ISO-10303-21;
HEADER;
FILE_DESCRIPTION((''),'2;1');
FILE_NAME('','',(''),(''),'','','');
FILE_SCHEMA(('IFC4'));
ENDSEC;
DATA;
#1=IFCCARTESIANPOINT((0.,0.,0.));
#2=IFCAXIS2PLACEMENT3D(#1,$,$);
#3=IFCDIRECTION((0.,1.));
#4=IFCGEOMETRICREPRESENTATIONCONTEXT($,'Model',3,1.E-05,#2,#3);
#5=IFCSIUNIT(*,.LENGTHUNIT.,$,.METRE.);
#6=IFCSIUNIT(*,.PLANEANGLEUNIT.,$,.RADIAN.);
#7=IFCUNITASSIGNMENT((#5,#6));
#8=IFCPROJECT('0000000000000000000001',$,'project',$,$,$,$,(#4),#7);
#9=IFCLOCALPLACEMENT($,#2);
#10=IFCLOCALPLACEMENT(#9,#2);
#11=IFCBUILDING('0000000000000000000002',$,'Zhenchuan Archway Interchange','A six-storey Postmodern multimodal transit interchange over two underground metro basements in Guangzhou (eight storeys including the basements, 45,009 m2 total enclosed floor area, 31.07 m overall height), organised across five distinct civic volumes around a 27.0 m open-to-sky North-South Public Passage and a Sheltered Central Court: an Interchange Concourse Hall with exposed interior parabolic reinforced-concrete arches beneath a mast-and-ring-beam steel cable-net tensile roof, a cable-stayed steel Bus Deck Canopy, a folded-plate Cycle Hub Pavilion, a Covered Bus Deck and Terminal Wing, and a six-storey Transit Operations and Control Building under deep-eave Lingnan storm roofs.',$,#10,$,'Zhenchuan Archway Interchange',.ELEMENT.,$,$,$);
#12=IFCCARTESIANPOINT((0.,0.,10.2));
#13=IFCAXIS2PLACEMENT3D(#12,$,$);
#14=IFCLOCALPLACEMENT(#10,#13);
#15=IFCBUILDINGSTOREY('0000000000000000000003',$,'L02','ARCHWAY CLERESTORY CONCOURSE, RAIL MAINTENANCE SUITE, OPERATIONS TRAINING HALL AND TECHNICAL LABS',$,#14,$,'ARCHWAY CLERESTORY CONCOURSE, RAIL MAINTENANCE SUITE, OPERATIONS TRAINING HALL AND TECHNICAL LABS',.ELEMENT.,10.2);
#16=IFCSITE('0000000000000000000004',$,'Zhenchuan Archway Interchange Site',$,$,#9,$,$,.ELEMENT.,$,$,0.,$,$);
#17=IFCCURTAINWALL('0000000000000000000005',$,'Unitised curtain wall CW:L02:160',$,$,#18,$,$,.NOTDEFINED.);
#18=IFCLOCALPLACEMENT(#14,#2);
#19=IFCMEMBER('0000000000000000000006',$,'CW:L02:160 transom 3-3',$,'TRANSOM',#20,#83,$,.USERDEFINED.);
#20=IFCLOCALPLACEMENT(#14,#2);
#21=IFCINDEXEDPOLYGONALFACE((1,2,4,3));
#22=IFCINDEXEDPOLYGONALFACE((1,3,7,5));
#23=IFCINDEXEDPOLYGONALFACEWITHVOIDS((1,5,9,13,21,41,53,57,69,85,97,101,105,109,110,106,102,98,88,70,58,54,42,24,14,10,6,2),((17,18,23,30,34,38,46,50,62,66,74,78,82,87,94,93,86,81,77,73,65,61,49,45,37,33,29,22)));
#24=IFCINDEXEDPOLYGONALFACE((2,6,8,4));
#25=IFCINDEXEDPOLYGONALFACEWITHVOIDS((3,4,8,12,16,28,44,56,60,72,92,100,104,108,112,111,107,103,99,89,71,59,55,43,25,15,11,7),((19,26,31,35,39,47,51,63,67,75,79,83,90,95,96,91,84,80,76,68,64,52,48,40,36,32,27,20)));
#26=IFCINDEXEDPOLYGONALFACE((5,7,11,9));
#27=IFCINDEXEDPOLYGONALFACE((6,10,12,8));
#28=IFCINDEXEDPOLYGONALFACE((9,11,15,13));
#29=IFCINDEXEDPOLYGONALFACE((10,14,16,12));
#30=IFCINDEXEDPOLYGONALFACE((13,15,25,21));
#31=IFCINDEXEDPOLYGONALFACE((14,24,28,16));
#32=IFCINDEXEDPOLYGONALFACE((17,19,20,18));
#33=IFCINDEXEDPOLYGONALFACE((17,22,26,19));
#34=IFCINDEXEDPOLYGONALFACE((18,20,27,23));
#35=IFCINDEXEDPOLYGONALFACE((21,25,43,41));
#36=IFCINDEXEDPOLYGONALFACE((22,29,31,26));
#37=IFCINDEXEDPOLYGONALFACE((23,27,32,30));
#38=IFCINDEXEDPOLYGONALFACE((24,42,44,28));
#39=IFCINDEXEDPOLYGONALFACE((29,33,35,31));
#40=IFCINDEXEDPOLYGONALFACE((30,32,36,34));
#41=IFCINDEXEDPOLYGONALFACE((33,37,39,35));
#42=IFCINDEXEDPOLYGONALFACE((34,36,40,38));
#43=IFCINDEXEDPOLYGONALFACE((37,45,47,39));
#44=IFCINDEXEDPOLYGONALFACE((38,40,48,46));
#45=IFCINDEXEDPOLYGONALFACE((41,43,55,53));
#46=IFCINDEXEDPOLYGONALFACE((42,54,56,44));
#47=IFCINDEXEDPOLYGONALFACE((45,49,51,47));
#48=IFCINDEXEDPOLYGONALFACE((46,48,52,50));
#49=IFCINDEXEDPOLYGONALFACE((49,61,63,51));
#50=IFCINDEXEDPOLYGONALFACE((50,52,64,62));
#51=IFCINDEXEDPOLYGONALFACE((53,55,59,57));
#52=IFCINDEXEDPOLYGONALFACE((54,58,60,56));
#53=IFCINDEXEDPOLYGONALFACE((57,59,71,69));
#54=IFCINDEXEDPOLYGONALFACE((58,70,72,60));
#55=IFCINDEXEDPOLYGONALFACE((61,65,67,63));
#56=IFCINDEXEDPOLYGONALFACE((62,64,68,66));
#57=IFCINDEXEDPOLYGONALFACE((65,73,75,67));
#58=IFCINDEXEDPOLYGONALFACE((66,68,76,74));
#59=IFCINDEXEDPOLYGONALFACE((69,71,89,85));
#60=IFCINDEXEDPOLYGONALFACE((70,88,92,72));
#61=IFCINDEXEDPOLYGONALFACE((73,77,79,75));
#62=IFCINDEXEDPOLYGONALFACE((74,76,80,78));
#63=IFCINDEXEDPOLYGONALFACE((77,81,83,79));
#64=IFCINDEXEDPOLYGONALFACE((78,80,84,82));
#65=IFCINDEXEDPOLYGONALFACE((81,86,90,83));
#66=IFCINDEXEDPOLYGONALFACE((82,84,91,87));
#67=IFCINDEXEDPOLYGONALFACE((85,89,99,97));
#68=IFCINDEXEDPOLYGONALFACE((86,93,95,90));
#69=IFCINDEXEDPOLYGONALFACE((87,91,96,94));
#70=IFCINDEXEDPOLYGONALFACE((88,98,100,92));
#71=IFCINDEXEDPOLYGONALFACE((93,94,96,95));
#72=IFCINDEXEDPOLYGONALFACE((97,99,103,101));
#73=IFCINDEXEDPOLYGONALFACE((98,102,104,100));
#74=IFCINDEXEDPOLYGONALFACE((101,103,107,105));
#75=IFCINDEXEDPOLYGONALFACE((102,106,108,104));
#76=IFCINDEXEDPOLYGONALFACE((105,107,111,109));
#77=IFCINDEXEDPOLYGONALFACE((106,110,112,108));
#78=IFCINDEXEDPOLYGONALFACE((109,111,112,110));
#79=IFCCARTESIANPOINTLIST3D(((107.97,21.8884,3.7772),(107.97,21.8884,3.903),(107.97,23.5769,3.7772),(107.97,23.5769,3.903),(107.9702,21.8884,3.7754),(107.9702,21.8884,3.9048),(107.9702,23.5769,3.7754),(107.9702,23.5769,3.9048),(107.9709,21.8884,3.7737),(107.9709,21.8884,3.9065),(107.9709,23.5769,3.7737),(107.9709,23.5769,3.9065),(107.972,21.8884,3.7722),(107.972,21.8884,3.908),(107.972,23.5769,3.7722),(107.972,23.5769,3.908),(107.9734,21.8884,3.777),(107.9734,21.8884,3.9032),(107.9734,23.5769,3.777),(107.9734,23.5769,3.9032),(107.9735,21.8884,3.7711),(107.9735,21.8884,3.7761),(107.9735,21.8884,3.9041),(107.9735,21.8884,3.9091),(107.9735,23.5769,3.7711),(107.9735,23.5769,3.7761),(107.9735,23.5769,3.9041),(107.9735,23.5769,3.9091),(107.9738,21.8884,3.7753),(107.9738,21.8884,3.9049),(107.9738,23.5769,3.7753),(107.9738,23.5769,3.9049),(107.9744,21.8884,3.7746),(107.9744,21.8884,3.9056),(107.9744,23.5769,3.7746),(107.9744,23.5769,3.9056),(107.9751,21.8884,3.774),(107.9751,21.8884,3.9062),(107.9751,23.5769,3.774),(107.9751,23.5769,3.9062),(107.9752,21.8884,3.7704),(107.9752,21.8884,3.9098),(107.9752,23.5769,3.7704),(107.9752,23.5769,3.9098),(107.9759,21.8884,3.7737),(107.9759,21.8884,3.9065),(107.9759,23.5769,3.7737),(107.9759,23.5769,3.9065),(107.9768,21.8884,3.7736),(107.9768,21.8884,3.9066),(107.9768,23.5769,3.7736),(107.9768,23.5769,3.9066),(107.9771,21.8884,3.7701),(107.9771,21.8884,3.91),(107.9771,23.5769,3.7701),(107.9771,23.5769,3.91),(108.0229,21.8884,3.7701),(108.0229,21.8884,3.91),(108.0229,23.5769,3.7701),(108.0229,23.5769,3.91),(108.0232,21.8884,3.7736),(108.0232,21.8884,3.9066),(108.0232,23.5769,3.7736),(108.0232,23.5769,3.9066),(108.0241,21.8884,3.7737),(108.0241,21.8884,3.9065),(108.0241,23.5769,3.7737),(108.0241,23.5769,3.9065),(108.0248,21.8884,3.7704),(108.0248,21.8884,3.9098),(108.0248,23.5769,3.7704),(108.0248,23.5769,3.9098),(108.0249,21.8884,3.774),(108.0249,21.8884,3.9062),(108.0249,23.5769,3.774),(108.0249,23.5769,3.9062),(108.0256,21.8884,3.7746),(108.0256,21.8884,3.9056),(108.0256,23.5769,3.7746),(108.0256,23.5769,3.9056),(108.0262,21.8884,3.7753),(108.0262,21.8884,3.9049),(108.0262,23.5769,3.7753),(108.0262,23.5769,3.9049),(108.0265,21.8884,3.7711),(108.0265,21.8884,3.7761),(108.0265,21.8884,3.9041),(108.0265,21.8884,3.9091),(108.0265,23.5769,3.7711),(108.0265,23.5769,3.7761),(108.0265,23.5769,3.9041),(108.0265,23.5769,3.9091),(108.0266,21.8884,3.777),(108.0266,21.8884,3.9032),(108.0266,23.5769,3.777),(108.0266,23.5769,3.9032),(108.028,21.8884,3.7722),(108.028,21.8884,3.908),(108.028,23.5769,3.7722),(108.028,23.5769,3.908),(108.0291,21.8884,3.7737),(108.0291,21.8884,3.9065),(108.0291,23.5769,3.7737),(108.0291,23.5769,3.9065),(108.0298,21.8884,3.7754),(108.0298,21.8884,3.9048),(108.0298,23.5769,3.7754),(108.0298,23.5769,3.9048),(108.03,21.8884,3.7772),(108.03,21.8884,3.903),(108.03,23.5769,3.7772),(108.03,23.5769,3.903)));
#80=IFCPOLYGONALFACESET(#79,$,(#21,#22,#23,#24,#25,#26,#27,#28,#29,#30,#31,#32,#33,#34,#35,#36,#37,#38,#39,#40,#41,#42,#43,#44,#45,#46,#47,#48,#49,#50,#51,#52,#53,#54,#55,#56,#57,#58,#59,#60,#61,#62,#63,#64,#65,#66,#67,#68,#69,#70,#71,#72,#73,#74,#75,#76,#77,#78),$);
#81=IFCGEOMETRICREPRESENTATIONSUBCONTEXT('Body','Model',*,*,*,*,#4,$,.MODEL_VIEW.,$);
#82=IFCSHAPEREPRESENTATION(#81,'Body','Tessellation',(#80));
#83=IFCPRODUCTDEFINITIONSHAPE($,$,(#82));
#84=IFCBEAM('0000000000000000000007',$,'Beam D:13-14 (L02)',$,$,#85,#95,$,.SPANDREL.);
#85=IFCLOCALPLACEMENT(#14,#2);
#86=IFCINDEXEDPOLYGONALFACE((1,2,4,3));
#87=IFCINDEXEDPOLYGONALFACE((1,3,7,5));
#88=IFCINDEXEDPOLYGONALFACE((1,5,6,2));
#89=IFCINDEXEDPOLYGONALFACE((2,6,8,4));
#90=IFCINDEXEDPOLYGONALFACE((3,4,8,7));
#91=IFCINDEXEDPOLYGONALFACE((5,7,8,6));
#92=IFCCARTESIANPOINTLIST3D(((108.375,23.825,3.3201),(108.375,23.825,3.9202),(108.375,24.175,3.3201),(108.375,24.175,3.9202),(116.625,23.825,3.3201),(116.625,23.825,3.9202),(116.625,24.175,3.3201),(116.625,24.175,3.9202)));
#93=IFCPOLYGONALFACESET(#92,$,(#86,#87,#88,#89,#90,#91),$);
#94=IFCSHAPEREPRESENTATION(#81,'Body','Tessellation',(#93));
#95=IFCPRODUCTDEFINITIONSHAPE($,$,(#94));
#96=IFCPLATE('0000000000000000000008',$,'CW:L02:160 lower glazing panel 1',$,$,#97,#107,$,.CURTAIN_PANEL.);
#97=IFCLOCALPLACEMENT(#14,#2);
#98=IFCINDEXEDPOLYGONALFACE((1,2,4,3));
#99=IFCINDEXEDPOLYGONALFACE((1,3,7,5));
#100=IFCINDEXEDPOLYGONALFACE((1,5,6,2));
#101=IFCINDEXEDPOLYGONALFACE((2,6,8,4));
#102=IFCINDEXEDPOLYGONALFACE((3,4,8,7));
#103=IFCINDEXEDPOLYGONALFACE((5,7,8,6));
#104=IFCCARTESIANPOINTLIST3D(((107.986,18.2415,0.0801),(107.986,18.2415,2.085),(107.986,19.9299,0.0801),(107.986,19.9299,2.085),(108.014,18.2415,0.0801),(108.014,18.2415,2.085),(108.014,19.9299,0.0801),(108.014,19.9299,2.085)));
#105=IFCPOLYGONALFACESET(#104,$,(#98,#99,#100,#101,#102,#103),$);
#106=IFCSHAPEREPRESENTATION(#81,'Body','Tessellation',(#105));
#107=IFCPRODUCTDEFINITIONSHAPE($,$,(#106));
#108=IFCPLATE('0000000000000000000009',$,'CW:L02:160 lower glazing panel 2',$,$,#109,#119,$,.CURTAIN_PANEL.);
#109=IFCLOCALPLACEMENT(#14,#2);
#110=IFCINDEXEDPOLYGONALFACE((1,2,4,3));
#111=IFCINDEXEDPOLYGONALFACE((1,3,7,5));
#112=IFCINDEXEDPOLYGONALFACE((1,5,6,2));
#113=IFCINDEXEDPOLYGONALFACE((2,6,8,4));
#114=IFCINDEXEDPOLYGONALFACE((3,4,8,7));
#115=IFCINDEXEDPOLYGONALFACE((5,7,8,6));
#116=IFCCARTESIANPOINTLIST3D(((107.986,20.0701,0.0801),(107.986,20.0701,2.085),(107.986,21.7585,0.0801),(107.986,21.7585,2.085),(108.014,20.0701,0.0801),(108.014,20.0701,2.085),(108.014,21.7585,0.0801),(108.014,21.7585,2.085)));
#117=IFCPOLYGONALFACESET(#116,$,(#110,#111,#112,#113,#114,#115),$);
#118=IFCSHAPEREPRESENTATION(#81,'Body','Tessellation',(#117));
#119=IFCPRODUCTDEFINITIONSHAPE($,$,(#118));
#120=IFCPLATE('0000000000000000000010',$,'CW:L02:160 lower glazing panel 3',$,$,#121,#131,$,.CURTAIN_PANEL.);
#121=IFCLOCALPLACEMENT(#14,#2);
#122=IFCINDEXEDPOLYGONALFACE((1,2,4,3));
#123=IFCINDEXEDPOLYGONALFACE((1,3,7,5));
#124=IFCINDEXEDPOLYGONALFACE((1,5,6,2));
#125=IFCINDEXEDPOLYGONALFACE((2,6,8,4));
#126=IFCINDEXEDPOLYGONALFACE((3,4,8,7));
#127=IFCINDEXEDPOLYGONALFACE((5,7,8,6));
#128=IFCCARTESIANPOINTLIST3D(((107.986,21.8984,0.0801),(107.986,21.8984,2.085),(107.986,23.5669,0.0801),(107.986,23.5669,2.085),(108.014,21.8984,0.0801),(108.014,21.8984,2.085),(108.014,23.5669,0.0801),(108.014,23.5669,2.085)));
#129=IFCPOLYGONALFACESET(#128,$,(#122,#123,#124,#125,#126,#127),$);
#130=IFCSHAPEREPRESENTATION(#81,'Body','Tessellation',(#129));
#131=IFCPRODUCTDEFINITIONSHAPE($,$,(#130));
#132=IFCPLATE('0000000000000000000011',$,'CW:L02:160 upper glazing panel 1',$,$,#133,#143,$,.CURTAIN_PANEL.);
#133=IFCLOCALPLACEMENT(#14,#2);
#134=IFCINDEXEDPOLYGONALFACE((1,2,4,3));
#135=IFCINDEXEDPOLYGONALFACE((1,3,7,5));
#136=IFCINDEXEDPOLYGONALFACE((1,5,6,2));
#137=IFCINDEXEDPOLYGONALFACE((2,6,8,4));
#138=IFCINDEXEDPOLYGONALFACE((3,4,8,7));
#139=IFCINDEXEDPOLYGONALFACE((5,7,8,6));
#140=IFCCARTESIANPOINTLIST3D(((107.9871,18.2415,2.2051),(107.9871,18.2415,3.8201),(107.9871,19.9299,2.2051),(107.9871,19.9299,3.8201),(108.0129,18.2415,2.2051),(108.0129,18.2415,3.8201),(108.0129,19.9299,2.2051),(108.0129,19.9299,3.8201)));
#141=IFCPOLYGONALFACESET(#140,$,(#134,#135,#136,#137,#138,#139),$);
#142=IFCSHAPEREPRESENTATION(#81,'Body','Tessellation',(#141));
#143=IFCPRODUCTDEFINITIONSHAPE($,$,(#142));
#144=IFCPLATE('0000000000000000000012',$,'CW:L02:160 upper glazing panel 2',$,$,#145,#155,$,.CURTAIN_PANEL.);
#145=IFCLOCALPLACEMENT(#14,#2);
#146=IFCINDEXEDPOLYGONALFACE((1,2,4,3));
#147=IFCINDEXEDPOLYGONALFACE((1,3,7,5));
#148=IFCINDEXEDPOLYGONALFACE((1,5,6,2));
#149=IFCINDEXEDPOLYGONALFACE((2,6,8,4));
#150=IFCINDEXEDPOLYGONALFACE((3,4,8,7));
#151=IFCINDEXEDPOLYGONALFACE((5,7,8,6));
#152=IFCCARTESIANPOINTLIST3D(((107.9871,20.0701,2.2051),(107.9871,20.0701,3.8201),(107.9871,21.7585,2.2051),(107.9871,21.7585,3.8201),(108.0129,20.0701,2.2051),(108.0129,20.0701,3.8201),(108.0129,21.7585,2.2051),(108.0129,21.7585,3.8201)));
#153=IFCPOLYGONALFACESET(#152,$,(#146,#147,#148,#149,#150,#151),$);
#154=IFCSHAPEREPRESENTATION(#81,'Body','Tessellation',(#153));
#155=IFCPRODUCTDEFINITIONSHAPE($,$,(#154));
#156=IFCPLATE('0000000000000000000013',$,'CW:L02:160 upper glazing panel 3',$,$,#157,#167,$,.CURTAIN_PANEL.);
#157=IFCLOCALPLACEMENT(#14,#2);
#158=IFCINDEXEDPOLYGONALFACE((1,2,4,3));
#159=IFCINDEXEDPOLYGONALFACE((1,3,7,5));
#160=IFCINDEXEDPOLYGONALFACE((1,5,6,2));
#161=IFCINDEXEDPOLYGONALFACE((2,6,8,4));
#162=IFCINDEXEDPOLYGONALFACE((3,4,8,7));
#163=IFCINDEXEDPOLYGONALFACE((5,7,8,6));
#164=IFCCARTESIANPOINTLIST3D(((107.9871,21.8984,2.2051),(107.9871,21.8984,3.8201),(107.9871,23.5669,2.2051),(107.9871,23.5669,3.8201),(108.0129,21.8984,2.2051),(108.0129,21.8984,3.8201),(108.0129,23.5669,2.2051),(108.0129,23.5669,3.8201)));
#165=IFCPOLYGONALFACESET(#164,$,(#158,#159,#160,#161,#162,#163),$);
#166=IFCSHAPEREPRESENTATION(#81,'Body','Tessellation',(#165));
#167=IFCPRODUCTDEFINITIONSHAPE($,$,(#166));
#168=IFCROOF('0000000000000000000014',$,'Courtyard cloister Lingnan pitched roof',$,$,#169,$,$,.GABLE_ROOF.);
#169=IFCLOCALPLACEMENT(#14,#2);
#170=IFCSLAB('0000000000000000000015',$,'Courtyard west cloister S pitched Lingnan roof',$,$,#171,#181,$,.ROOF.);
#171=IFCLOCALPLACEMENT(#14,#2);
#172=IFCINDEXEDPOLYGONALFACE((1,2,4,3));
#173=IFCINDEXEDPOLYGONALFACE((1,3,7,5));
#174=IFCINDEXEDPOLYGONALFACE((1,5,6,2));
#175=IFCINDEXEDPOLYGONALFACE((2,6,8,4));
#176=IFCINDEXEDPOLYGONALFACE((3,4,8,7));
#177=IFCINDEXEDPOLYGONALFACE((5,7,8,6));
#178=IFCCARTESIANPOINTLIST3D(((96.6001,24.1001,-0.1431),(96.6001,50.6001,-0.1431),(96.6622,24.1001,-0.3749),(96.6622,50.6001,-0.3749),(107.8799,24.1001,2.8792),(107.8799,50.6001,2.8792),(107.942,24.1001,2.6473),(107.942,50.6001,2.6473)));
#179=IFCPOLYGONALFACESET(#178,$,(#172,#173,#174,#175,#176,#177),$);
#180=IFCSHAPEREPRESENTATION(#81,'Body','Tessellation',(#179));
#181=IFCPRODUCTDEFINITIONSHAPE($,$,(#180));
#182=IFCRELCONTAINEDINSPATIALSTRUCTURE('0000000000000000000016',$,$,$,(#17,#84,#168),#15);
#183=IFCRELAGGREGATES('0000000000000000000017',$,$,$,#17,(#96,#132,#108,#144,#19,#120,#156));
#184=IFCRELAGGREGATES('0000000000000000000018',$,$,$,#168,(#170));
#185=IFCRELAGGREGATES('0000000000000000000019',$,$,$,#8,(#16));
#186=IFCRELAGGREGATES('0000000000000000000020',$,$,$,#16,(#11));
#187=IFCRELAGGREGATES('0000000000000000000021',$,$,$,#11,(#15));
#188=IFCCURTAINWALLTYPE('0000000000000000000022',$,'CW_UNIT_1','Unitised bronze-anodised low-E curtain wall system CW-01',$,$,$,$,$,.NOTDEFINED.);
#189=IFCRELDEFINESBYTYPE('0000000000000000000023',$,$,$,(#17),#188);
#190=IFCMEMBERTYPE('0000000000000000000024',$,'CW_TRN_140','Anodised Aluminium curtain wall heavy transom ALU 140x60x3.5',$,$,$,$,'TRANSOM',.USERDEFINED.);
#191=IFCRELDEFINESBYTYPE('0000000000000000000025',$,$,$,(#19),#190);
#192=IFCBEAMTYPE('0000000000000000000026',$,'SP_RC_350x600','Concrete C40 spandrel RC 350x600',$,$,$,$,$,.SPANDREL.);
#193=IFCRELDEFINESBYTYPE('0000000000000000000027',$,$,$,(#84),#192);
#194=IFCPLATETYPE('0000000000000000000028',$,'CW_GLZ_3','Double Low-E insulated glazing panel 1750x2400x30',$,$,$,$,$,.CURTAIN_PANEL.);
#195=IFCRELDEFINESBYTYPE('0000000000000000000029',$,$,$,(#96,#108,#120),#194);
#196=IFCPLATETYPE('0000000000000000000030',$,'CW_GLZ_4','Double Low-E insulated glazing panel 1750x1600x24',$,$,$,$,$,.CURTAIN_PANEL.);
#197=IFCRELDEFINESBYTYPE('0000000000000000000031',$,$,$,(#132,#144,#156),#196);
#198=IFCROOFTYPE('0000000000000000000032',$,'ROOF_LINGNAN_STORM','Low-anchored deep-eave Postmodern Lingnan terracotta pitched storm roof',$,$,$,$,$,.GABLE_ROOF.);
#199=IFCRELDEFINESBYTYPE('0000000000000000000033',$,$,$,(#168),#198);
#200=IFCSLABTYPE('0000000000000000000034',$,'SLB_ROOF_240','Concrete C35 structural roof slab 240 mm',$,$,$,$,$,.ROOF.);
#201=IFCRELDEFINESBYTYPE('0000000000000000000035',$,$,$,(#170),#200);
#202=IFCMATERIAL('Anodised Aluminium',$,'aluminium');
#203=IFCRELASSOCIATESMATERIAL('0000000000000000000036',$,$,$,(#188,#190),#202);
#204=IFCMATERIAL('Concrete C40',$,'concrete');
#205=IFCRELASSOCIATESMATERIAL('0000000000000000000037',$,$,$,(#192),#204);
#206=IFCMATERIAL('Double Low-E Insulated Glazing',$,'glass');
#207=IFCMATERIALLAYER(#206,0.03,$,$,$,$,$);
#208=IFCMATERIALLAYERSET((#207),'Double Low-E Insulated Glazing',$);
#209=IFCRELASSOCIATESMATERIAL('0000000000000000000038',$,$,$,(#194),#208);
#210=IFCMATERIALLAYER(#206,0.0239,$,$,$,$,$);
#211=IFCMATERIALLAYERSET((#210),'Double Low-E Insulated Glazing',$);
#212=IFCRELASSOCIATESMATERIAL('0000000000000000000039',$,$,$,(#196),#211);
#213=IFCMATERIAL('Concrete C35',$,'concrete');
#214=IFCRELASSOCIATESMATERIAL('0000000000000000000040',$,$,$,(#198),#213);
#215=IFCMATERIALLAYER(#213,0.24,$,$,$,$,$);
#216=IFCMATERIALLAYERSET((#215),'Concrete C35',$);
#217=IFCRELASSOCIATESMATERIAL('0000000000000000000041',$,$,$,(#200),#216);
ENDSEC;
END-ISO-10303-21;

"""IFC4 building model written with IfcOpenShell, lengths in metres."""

from ifc_helpers import new_model, si_unit, direction, frame, origin, origin_2d, place, context, subcontext, project, spatial, polyline, rectangle, hollow_rectangle, outline, extrude, material, layer, layer_set, material_profile, profile_set, type_object, element, aggregate, save


model = new_model("IFC4")

# Units and contexts
model_context = context("Model", 3, precision=1e-05, world=origin(), true_north=direction((0.0, 1.0)))
body_context = subcontext(model_context, "Body", "Model", "MODEL_VIEW")
ifc_project = project(units=[si_unit("LENGTHUNIT", "METRE"), si_unit("PLANEANGLEUNIT", "RADIAN")], contexts=[model_context])

# Site, building, storey
site_placement = place(None, origin())
site = spatial("IfcSite", under=ifc_project, at=site_placement, Name="Zhenchuan Archway Interchange Site", CompositionType="ELEMENT", RefElevation=0.0)
building_placement = place(site_placement, origin())
building = spatial("IfcBuilding", under=site, at=building_placement, Name="Zhenchuan Archway Interchange", Description="A six-storey Postmodern multimodal transit interchange over two underground metro basements in Guangzhou (eight storeys including the basements, 45,009 m2 total enclosed floor area, 31.07 m overall height), organised across five distinct civic volumes around a 27.0 m open-to-sky North-South Public Passage and a Sheltered Central Court: an Interchange Concourse Hall with exposed interior parabolic reinforced-concrete arches beneath a mast-and-ring-beam steel cable-net tensile roof, a cable-stayed steel Bus Deck Canopy, a folded-plate Cycle Hub Pavilion, a Covered Bus Deck and Terminal Wing, and a six-storey Transit Operations and Control Building under deep-eave Lingnan storm roofs.", LongName="Zhenchuan Archway Interchange", CompositionType="ELEMENT")
storey_placement = place(building_placement, frame((0.0, 0.0, 10.2)))
storey = spatial("IfcBuildingStorey", under=building, at=storey_placement, Name="L02", Description="ARCHWAY CLERESTORY CONCOURSE, RAIL MAINTENANCE SUITE, OPERATIONS TRAINING HALL AND TECHNICAL LABS", LongName="ARCHWAY CLERESTORY CONCOURSE, RAIL MAINTENANCE SUITE, OPERATIONS TRAINING HALL AND TECHNICAL LABS", CompositionType="ELEMENT", Elevation=10.2)

# Shared definitions
ifc_material_1 = material(Name="Concrete C40", Category="concrete")

# Curtain wall, member
ifc_material_2 = material(Name="Anodised Aluminium", Category="aluminium")
curtain_wall_type = type_object("IfcCurtainWallType", Name="CW_UNIT_1", Description="Unitised bronze-anodised low-E curtain wall system CW-01", PredefinedType="NOTDEFINED", material=ifc_material_2)
curtain_wall_placement = place(storey_placement, origin())
curtain_wall = element("IfcCurtainWall", 1, at=curtain_wall_placement, inside=storey, type_object=curtain_wall_type, Name="Unitised curtain wall CW:L02:160", PredefinedType="NOTDEFINED")
ifc_material_profile_1 = material_profile(ifc_material_2, hollow_rectangle(XDim=0.0601, YDim=0.1399, WallThickness=0.0034, InnerFilletRadius=0.0034, OuterFilletRadius=0.0071, at=origin_2d()), Name="ALU 140x60x3.5")
ifc_profile_set_1 = profile_set([ifc_material_profile_1], Name="Anodised Aluminium")
member_type_1 = type_object("IfcMemberType", Name="CW_TRN_140", Description="Anodised Aluminium curtain wall heavy transom ALU 140x60x3.5", ElementType="TRANSOM", PredefinedType="USERDEFINED", material=ifc_profile_set_1)
member_1_placement = place(storey_placement, frame((108.0, 21.8884, 3.8401), z_axis=(0.0, 1.0, 0.0), x_axis=(-1.0, 0.0, 0.0)))
member_1 = element("IfcMember", 2, at=member_1_placement, type_object=member_type_1, Name="CW:L02:160 transom 3-3", ObjectType="TRANSOM", PredefinedType="USERDEFINED", context=body_context, shape_type="SweptSolid", body=[
    extrude(hollow_rectangle(XDim=0.0601, YDim=0.1399, WallThickness=0.0034, InnerFilletRadius=0.0034, OuterFilletRadius=0.0071, at=origin_2d()), origin(), (0.0, 0.0, 1.0), 1.6885),
])

# Beam
ifc_material_profile_2 = material_profile(ifc_material_1, rectangle(XDim=0.3501, YDim=0.6001, at=origin_2d()), Name="RC 350x600")
ifc_profile_set_2 = profile_set([ifc_material_profile_2], Name="Concrete C40")
beam_type = type_object("IfcBeamType", Name="SP_RC_350x600", Description="Concrete C40 spandrel RC 350x600", PredefinedType="SPANDREL", material=ifc_profile_set_2)
beam_placement = place(storey_placement, frame((108.375, 24.0, 3.6201), z_axis=(1.0, 0.0, 0.0), x_axis=(0.0, 1.0, 0.0)))
element("IfcBeam", 3, at=beam_placement, inside=storey, type_object=beam_type, Name="Beam D:13-14 (L02)", PredefinedType="SPANDREL", context=body_context, shape_type="SweptSolid", body=[
    extrude(rectangle(XDim=0.3501, YDim=0.6001, at=origin_2d()), origin(), (0.0, 0.0, 1.0), 8.25),
])

# Plates
ifc_material_3 = material(Name="Double Low-E Insulated Glazing", Category="glass")
ifc_layer_1 = layer(ifc_material_3, 0.03)
ifc_layer_set_1 = layer_set([ifc_layer_1], Name="Double Low-E Insulated Glazing")
plate_type_1 = type_object("IfcPlateType", Name="CW_GLZ_3", Description="Double Low-E insulated glazing panel 1750x2400x30", PredefinedType="CURTAIN_PANEL", material=ifc_layer_set_1)
plate_1_placement = place(storey_placement, frame((108.0, 19.0857, 0.0801), z_axis=(0.0, 0.0, 1.0), x_axis=(0.0, 1.0, 0.0)))
plate_1 = element("IfcPlate", 4, at=plate_1_placement, type_object=plate_type_1, Name="CW:L02:160 lower glazing panel 1", PredefinedType="CURTAIN_PANEL", context=body_context, shape_type="SweptSolid", body=[
    extrude(rectangle(XDim=1.6885, YDim=0.0281, at=origin_2d()), origin(), (0.0, 0.0, 1.0), 2.0049),
])
plate_2_placement = place(storey_placement, frame((108.0, 20.9143, 0.0801), z_axis=(0.0, 0.0, 1.0), x_axis=(0.0, 1.0, 0.0)))
plate_2 = element("IfcPlate", 5, at=plate_2_placement, type_object=plate_type_1, Name="CW:L02:160 lower glazing panel 2", PredefinedType="CURTAIN_PANEL", context=body_context, shape_type="SweptSolid", body=[
    extrude(rectangle(XDim=1.6885, YDim=0.0281, at=origin_2d()), origin(), (0.0, 0.0, 1.0), 2.0049),
])
plate_3_placement = place(storey_placement, frame((108.0, 22.7327, 0.0801), z_axis=(0.0, 0.0, 1.0), x_axis=(0.0, 1.0, 0.0)))
plate_3 = element("IfcPlate", 6, at=plate_3_placement, type_object=plate_type_1, Name="CW:L02:160 lower glazing panel 3", PredefinedType="CURTAIN_PANEL", context=body_context, shape_type="SweptSolid", body=[
    extrude(rectangle(XDim=1.6685, YDim=0.0281, at=origin_2d()), origin(), (0.0, 0.0, 1.0), 2.0049),
])
ifc_layer_2 = layer(ifc_material_3, 0.0239)
ifc_layer_set_2 = layer_set([ifc_layer_2], Name="Double Low-E Insulated Glazing")
plate_type_2 = type_object("IfcPlateType", Name="CW_GLZ_4", Description="Double Low-E insulated glazing panel 1750x1600x24", PredefinedType="CURTAIN_PANEL", material=ifc_layer_set_2)
plate_4_placement = place(storey_placement, frame((108.0, 19.0857, 2.2051), z_axis=(0.0, 0.0, 1.0), x_axis=(0.0, 1.0, 0.0)))
plate_4 = element("IfcPlate", 7, at=plate_4_placement, type_object=plate_type_2, Name="CW:L02:160 upper glazing panel 1", PredefinedType="CURTAIN_PANEL", context=body_context, shape_type="SweptSolid", body=[
    extrude(rectangle(XDim=1.6885, YDim=0.0259, at=origin_2d()), origin(), (0.0, 0.0, 1.0), 1.615),
])
plate_5_placement = place(storey_placement, frame((108.0, 20.9143, 2.2051), z_axis=(0.0, 0.0, 1.0), x_axis=(0.0, 1.0, 0.0)))
plate_5 = element("IfcPlate", 8, at=plate_5_placement, type_object=plate_type_2, Name="CW:L02:160 upper glazing panel 2", PredefinedType="CURTAIN_PANEL", context=body_context, shape_type="SweptSolid", body=[
    extrude(rectangle(XDim=1.6885, YDim=0.0259, at=origin_2d()), origin(), (0.0, 0.0, 1.0), 1.615),
])
plate_6_placement = place(storey_placement, frame((108.0, 22.7327, 2.2051), z_axis=(0.0, 0.0, 1.0), x_axis=(0.0, 1.0, 0.0)))
plate_6 = element("IfcPlate", 9, at=plate_6_placement, type_object=plate_type_2, Name="CW:L02:160 upper glazing panel 3", PredefinedType="CURTAIN_PANEL", context=body_context, shape_type="SweptSolid", body=[
    extrude(rectangle(XDim=1.6685, YDim=0.0259, at=origin_2d()), origin(), (0.0, 0.0, 1.0), 1.615),
])
aggregate(curtain_wall, [plate_1, plate_4, plate_2, plate_5, member_1, plate_3, plate_6])

# Roof, slab
ifc_material_4 = material(Name="Concrete C35", Category="concrete")
roof_type = type_object("IfcRoofType", Name="ROOF_LINGNAN_STORM", Description="Low-anchored deep-eave Postmodern Lingnan terracotta pitched storm roof", PredefinedType="GABLE_ROOF", material=ifc_material_4)
roof_placement = place(storey_placement, origin())
roof = element("IfcRoof", 10, at=roof_placement, inside=storey, type_object=roof_type, Name="Courtyard cloister Lingnan pitched roof", PredefinedType="GABLE_ROOF")
ifc_layer_3 = layer(ifc_material_4, 0.24)
ifc_layer_set_3 = layer_set([ifc_layer_3], Name="Concrete C35")
slab_type = type_object("IfcSlabType", Name="SLB_ROOF_240", Description="Concrete C35 structural roof slab 240 mm", PredefinedType="ROOF", material=ifc_layer_set_3)
slab_placement = place(storey_placement, frame((96.6001, 24.1001, -0.1431), z_axis=(-0.258804, 0.0, 0.96593), x_axis=(0.96593, 0.0, 0.258804)))
slab = element("IfcSlab", 11, at=slab_placement, type_object=slab_type, Name="Courtyard west cloister S pitched Lingnan roof", PredefinedType="ROOF", context=body_context, shape_type="SweptSolid", body=[
    extrude(outline(polyline([(0.0, 0.0), (11.6776, 0.0), (11.6776, 26.5), (0.0, 26.5), (0.0, 0.0)])), origin(), (0.0, 0.0, -1.0), 0.24),
])
aggregate(roof, [slab])

save(model, "model.ifc")
